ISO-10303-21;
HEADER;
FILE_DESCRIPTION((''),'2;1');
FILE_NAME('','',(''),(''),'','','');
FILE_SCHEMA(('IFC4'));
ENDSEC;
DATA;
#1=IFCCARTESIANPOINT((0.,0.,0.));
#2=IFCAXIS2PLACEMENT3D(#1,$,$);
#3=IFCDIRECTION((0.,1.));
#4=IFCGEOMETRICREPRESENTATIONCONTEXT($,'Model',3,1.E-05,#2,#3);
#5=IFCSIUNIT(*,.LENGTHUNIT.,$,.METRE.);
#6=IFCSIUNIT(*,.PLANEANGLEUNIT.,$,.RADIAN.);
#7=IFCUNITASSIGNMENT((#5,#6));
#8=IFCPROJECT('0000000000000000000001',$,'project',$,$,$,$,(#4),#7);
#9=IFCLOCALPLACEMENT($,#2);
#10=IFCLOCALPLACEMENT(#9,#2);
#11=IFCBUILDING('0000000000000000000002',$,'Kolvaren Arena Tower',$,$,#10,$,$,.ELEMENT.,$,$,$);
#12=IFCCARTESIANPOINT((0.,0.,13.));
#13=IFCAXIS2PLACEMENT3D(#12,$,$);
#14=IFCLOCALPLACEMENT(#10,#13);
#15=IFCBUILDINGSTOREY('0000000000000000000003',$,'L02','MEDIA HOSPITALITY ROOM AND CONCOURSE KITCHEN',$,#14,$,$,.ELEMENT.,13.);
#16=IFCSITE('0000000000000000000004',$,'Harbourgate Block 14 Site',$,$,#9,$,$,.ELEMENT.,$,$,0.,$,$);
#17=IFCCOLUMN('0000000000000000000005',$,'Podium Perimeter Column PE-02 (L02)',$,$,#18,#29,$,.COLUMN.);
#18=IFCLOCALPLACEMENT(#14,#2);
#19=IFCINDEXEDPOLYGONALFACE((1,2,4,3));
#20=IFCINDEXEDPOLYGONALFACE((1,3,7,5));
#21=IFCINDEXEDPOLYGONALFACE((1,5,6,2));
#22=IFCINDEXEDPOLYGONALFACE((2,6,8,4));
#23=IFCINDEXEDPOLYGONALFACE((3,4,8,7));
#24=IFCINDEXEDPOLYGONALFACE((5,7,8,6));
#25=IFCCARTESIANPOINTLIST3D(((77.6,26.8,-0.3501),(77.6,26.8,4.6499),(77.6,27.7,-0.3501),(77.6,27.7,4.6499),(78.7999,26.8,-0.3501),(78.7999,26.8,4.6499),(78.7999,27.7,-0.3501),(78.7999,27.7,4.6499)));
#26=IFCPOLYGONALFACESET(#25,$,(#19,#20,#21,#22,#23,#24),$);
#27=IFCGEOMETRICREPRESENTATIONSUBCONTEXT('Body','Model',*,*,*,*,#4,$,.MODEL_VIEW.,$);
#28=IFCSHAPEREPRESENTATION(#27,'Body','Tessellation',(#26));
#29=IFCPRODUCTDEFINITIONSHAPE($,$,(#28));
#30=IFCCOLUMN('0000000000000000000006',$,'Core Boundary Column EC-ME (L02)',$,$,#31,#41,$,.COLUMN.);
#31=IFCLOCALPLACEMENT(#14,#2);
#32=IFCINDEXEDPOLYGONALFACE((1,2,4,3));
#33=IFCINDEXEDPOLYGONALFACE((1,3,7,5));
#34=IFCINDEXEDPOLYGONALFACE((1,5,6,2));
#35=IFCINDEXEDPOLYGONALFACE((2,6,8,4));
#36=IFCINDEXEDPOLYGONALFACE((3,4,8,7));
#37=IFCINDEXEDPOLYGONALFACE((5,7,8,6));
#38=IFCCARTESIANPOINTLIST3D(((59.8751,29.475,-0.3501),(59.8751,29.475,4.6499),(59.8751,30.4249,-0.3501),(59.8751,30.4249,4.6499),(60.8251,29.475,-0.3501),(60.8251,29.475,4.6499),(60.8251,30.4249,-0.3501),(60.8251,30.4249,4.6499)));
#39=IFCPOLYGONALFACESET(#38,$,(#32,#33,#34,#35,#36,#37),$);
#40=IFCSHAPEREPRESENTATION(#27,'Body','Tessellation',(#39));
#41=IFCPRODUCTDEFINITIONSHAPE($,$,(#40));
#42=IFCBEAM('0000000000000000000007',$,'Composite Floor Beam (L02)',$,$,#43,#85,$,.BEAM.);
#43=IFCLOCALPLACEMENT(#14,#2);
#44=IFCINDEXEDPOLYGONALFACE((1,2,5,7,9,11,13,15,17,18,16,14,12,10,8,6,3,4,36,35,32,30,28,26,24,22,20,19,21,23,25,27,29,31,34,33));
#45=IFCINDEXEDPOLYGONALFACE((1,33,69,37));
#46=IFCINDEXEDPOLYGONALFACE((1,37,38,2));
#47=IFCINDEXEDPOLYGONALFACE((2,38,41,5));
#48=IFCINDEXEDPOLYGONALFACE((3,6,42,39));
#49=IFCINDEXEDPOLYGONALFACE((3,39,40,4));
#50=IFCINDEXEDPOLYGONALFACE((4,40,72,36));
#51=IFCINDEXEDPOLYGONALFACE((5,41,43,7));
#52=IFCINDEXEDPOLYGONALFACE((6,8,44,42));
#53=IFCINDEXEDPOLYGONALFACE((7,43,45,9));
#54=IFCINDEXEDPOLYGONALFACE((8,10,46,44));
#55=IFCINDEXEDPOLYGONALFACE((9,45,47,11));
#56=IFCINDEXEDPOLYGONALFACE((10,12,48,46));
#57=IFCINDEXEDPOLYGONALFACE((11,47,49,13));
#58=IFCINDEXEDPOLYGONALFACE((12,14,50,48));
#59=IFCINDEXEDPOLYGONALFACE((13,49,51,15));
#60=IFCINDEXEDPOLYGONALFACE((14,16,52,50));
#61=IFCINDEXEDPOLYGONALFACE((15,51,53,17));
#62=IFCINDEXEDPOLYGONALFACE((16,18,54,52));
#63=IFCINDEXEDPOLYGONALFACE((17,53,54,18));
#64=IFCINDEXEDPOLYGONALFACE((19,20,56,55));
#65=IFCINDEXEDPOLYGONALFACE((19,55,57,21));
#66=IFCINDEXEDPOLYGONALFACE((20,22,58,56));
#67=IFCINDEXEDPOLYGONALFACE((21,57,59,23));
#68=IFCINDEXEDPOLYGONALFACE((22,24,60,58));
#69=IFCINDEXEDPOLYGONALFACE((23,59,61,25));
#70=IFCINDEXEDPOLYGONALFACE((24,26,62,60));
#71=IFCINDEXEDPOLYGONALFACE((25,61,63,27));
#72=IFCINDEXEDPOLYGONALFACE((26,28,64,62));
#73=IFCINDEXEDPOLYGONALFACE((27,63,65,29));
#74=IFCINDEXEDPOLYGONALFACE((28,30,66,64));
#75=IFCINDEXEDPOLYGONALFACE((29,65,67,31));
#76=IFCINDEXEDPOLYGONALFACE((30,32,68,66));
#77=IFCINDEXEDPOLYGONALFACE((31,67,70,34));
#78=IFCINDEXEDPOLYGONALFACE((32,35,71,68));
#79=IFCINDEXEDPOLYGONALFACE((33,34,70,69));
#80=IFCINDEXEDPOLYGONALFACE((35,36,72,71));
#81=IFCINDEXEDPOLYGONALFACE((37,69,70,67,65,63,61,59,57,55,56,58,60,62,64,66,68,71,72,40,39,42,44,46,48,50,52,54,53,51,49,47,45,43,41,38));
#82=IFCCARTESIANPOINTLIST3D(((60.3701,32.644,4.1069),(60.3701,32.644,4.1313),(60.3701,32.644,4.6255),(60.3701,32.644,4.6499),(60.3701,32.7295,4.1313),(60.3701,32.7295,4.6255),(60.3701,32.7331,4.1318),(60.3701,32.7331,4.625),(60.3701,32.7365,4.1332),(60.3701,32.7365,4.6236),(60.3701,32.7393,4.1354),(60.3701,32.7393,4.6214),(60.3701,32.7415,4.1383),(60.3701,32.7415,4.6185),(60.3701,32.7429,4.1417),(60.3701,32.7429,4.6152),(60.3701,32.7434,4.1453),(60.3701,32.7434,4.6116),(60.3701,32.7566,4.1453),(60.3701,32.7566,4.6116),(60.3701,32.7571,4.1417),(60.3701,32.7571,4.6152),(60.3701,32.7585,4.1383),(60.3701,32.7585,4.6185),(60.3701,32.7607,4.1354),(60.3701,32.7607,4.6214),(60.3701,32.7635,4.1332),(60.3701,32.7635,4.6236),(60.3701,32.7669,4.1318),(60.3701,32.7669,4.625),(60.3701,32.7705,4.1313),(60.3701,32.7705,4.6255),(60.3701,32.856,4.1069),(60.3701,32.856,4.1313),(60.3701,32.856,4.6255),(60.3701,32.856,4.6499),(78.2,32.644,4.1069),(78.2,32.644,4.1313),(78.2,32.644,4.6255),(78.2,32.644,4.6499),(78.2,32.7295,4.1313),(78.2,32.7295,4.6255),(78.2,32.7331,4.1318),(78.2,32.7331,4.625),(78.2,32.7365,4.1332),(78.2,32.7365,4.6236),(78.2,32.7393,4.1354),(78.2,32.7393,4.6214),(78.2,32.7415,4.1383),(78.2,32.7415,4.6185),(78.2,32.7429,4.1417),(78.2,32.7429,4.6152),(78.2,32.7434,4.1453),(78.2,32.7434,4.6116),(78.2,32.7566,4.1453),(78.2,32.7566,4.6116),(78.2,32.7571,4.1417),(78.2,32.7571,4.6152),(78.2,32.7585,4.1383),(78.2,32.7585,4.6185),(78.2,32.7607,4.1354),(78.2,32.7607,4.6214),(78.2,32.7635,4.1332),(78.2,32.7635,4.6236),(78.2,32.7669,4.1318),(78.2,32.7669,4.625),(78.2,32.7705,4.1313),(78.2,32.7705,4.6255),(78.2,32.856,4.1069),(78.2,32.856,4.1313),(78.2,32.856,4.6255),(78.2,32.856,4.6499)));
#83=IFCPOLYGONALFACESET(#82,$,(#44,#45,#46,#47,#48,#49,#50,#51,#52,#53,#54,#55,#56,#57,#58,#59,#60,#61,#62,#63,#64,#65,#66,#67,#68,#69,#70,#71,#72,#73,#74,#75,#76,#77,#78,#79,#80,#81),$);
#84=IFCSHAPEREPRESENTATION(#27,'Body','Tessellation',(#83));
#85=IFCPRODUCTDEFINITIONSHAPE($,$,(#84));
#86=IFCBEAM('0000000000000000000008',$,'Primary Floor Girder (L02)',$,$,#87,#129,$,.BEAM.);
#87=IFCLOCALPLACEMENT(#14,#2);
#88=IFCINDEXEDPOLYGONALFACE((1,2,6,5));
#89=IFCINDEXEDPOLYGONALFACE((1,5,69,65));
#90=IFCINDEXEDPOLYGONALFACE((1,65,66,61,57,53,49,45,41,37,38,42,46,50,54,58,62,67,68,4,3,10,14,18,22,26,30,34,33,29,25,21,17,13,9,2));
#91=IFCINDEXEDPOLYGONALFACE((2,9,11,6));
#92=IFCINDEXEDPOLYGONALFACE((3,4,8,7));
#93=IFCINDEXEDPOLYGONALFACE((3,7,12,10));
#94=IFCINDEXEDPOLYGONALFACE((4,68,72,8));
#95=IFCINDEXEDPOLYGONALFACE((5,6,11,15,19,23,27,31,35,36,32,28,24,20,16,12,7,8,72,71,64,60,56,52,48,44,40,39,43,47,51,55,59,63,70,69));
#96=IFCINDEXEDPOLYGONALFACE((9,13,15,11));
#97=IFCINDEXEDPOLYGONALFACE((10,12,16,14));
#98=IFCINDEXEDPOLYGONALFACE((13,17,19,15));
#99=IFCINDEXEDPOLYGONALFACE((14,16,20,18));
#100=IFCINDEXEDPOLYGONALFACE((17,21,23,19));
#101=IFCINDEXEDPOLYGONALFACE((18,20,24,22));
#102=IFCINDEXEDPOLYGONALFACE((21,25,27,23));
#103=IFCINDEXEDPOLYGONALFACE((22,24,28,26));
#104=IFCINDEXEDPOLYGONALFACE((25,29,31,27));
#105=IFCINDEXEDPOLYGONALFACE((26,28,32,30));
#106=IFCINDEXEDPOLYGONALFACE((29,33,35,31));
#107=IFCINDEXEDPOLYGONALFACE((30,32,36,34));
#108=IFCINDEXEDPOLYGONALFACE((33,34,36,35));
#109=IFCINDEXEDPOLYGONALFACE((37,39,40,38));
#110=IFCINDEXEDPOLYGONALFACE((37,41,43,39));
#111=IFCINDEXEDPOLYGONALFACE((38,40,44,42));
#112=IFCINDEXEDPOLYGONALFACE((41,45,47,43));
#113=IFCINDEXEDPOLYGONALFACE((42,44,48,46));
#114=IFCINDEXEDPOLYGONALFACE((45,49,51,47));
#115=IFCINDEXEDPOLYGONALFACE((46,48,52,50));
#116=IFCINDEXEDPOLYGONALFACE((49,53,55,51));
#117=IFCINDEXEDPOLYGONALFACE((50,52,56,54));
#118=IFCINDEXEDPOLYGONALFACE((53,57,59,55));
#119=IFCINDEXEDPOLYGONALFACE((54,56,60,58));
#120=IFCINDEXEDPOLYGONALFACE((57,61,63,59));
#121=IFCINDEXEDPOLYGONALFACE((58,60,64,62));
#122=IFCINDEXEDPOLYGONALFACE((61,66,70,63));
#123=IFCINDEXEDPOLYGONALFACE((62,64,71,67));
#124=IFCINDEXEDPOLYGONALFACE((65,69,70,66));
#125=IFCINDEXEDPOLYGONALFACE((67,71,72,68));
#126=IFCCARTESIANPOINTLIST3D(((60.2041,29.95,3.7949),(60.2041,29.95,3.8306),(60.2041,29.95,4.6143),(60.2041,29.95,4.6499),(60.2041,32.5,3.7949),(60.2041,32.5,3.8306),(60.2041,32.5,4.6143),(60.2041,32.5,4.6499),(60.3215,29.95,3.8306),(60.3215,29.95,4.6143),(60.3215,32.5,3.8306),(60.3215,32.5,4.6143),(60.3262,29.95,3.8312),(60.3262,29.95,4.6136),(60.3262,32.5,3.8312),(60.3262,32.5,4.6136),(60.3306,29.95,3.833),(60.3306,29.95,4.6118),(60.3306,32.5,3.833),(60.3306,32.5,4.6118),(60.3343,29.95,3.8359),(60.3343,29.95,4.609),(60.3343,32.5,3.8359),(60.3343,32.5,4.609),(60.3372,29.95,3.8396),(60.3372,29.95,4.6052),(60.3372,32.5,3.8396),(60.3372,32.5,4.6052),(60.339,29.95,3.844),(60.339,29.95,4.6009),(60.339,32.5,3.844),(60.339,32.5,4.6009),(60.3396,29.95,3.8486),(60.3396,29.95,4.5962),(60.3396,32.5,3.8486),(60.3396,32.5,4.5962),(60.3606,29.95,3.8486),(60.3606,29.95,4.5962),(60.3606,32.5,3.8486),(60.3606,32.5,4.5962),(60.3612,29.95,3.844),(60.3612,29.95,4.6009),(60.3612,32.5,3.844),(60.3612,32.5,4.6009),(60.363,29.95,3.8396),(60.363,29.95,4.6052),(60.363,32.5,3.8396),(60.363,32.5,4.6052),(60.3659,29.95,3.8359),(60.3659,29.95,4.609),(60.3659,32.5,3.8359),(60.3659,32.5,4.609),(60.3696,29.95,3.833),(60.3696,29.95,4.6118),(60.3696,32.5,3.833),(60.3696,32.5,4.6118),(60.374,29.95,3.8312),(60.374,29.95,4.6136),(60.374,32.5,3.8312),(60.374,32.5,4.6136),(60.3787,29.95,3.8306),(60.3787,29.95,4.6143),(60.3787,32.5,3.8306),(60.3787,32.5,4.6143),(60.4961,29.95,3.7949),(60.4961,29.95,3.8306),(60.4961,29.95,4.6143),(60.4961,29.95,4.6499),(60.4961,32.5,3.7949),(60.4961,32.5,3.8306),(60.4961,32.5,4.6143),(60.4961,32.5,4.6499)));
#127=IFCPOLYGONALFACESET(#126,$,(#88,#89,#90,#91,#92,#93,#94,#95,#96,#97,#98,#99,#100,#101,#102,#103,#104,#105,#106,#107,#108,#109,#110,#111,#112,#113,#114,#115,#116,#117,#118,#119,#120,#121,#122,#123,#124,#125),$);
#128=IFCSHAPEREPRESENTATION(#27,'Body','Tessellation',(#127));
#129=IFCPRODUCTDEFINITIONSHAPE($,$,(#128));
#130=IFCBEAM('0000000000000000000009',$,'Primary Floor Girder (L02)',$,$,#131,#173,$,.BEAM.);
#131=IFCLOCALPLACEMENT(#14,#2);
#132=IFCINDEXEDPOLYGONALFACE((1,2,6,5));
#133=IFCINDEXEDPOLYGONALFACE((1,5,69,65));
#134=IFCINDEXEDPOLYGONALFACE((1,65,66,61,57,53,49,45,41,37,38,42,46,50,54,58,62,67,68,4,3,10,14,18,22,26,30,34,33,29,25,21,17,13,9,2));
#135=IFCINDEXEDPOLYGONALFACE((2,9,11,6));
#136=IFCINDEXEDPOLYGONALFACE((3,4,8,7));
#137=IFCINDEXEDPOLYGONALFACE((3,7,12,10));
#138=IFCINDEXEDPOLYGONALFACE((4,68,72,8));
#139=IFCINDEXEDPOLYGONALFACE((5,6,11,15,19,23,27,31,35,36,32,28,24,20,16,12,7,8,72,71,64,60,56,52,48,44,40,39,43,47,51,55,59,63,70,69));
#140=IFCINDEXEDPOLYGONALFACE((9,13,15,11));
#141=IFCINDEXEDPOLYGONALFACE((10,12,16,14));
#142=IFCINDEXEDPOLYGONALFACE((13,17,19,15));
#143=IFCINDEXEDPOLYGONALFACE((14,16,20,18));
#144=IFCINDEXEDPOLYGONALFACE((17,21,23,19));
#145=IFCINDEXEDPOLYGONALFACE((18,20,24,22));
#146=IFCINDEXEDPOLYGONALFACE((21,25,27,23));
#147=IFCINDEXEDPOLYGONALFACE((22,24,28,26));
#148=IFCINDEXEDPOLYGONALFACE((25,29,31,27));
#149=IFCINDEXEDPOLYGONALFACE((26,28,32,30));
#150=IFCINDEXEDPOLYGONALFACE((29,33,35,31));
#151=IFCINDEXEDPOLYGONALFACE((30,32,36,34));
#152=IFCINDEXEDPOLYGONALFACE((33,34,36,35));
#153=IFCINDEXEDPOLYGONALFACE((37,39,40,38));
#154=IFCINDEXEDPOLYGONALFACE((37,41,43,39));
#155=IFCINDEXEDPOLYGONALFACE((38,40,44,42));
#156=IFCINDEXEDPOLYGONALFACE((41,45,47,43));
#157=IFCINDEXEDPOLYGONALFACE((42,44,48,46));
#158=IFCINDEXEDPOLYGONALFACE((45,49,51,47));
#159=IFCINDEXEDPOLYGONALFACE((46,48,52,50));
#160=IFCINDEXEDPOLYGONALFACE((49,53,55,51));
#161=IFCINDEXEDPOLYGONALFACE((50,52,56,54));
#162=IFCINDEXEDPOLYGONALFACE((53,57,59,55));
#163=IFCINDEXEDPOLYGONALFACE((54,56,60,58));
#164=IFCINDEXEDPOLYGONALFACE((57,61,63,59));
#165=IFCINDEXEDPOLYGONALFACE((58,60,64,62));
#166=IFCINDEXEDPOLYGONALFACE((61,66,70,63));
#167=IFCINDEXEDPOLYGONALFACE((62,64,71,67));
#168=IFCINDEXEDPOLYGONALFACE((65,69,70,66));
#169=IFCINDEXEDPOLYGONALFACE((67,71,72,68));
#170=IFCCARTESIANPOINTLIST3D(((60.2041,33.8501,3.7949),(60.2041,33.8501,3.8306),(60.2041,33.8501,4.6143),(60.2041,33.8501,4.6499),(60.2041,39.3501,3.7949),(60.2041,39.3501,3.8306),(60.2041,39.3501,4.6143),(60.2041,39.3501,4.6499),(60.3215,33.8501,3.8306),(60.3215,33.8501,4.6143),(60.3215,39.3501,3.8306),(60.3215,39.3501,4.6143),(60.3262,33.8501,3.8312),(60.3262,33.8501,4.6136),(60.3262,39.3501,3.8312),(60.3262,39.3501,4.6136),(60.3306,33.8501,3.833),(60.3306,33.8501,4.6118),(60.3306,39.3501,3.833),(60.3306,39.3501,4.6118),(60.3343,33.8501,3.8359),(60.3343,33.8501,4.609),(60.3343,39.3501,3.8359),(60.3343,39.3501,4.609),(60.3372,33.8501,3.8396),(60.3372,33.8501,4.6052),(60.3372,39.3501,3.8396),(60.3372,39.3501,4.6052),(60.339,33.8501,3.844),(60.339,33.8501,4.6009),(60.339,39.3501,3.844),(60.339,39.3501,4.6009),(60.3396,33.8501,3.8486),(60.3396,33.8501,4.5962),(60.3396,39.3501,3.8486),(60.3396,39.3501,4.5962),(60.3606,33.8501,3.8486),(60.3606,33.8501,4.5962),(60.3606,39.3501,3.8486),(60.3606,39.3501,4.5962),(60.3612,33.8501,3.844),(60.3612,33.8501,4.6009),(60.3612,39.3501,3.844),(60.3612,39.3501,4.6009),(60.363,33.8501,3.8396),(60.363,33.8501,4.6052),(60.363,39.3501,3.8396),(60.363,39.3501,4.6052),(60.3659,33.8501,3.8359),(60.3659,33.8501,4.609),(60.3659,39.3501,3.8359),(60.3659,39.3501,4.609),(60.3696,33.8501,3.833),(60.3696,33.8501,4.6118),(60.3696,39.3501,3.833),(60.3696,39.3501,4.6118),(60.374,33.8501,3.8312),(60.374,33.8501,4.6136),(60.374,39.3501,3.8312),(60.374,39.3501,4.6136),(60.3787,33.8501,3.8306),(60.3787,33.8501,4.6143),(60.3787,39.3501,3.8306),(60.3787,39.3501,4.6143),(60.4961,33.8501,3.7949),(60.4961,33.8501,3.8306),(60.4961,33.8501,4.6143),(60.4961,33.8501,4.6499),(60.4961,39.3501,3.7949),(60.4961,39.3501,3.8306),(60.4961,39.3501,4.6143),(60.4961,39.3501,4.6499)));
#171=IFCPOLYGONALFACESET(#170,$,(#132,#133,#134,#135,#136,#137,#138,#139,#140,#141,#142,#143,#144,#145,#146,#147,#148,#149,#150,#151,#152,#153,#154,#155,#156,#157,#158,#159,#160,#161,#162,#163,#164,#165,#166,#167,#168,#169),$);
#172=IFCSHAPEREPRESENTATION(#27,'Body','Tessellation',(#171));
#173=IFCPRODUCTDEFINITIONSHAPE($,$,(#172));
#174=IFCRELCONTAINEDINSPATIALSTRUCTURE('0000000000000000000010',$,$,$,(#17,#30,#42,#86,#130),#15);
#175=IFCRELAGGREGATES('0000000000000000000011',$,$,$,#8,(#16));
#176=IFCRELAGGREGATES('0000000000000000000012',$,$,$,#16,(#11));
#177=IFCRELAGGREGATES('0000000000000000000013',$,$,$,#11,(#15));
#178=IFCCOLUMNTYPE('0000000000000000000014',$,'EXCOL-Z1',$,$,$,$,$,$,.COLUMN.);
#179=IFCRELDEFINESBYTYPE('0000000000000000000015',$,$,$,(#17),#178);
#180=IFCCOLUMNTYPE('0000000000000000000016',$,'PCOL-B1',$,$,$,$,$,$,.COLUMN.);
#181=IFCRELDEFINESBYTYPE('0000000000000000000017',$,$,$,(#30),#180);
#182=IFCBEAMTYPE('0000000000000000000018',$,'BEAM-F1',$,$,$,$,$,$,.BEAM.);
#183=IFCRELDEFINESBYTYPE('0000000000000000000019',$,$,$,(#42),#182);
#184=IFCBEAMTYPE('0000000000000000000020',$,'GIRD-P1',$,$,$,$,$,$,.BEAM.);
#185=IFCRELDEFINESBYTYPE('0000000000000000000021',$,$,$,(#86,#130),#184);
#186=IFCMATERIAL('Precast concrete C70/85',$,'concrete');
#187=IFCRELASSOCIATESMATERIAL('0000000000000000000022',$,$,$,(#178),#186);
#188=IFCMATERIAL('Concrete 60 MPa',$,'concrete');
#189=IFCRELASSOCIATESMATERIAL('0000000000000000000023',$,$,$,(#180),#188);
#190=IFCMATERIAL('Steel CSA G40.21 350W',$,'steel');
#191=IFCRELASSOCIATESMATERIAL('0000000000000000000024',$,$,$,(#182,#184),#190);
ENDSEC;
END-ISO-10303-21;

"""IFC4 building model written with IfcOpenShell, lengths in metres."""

from ifc_helpers import new_model, si_unit, direction, frame, origin, origin_2d, place, context, subcontext, project, spatial, rectangle, i_section, extrude, material, material_profile, profile_set, type_object, element, save


model = new_model("IFC4")

# Units and contexts
model_context = context("Model", 3, precision=1e-05, world=origin(), true_north=direction((0.0, 1.0)))
body_context = subcontext(model_context, "Body", "Model", "MODEL_VIEW")
ifc_project = project(units=[si_unit("LENGTHUNIT", "METRE"), si_unit("PLANEANGLEUNIT", "RADIAN")], contexts=[model_context])

# Site, building, storey
site_placement = place(None, origin())
site = spatial("IfcSite", under=ifc_project, at=site_placement, Name="Harbourgate Block 14 Site", CompositionType="ELEMENT", RefElevation=0.0)
building_placement = place(site_placement, origin())
building = spatial("IfcBuilding", under=site, at=building_placement, Name="Kolvaren Arena Tower", CompositionType="ELEMENT")
storey_placement = place(building_placement, frame((0.0, 0.0, 13.0)))
storey = spatial("IfcBuildingStorey", under=building, at=storey_placement, Name="L02", Description="MEDIA HOSPITALITY ROOM AND CONCOURSE KITCHEN", CompositionType="ELEMENT", Elevation=13.0)

# Columns
ifc_material_1 = material(Name="Precast concrete C70/85", Category="concrete")
ifc_material_profile_1 = material_profile(ifc_material_1, rectangle(XDim=1.2, YDim=0.8999, at=origin_2d()), Name="RC-1200x900")
ifc_profile_set_1 = profile_set([ifc_material_profile_1], Name="Precast concrete C70/85")
column_type_1 = type_object("IfcColumnType", Name="EXCOL-Z1", PredefinedType="COLUMN", material=ifc_profile_set_1)
column_1_placement = place(storey_placement, frame((78.2, 27.25, -0.3501), z_axis=(0.0, 0.0, 1.0), x_axis=(1.0, 0.0, 0.0)))
element("IfcColumn", 1, at=column_1_placement, inside=storey, type_object=column_type_1, Name="Podium Perimeter Column PE-02 (L02)", PredefinedType="COLUMN", context=body_context, shape_type="SweptSolid", body=[
    extrude(rectangle(XDim=1.2, YDim=0.8999, at=origin_2d()), origin(), (0.0, 0.0, 1.0), 5.0),
])
ifc_material_2 = material(Name="Concrete 60 MPa", Category="concrete")
ifc_material_profile_2 = material_profile(ifc_material_2, rectangle(XDim=0.95, YDim=0.95, at=origin_2d()), Name="RC-950x950")
ifc_profile_set_2 = profile_set([ifc_material_profile_2], Name="Concrete 60 MPa")
column_type_2 = type_object("IfcColumnType", Name="PCOL-B1", PredefinedType="COLUMN", material=ifc_profile_set_2)
column_2_placement = place(storey_placement, frame((60.3501, 29.95, -0.3501), z_axis=(0.0, 0.0, 1.0), x_axis=(1.0, 0.0, 0.0)))
element("IfcColumn", 2, at=column_2_placement, inside=storey, type_object=column_type_2, Name="Core Boundary Column EC-ME (L02)", PredefinedType="COLUMN", context=body_context, shape_type="SweptSolid", body=[
    extrude(rectangle(XDim=0.95, YDim=0.95, at=origin_2d()), origin(), (0.0, 0.0, 1.0), 5.0),
])

# Beams
ifc_material_3 = material(Name="Steel CSA G40.21 350W", Category="steel")
ifc_material_profile_3 = material_profile(ifc_material_3, i_section(OverallWidth=0.2119, OverallDepth=0.543, WebThickness=0.0132, FlangeThickness=0.0244, FilletRadius=0.0139, at=origin_2d()), Name="W530x150")
ifc_profile_set_3 = profile_set([ifc_material_profile_3], Name="Steel CSA G40.21 350W")
beam_type_1 = type_object("IfcBeamType", Name="BEAM-F1", PredefinedType="BEAM", material=ifc_profile_set_3)
beam_1_placement = place(storey_placement, frame((60.3701, 32.75, 4.3784), z_axis=(1.0, 0.0, 0.0), x_axis=(0.0, 1.0, 0.0)))
element("IfcBeam", 3, at=beam_1_placement, inside=storey, type_object=beam_type_1, Name="Composite Floor Beam (L02)", PredefinedType="BEAM", context=body_context, shape_type="SweptSolid", body=[
    extrude(i_section(OverallWidth=0.2119, OverallDepth=0.543, WebThickness=0.0132, FlangeThickness=0.0244, FilletRadius=0.0139, at=origin_2d()), origin(), (0.0, 0.0, 1.0), 17.8298),
])
ifc_material_profile_4 = material_profile(ifc_material_3, i_section(OverallWidth=0.292, OverallDepth=0.855, WebThickness=0.021, FlangeThickness=0.0356, FilletRadius=0.0181, at=origin_2d()), Name="W840x299")
ifc_profile_set_4 = profile_set([ifc_material_profile_4], Name="Steel CSA G40.21 350W")
beam_type_2 = type_object("IfcBeamType", Name="GIRD-P1", PredefinedType="BEAM", material=ifc_profile_set_4)
beam_2_placement = place(storey_placement, frame((60.3501, 29.95, 4.2224), z_axis=(0.0, 1.0, 0.0), x_axis=(-1.0, 0.0, 0.0)))
element("IfcBeam", 4, at=beam_2_placement, inside=storey, type_object=beam_type_2, Name="Primary Floor Girder (L02)", PredefinedType="BEAM", context=body_context, shape_type="SweptSolid", body=[
    extrude(i_section(OverallWidth=0.292, OverallDepth=0.855, WebThickness=0.021, FlangeThickness=0.0356, FilletRadius=0.0181, at=origin_2d()), origin(), (0.0, 0.0, 1.0), 2.55),
])
beam_3_placement = place(storey_placement, frame((60.3501, 33.8501, 4.2224), z_axis=(0.0, 1.0, 0.0), x_axis=(-1.0, 0.0, 0.0)))
element("IfcBeam", 5, at=beam_3_placement, inside=storey, type_object=beam_type_2, Name="Primary Floor Girder (L02)", PredefinedType="BEAM", context=body_context, shape_type="SweptSolid", body=[
    extrude(i_section(OverallWidth=0.292, OverallDepth=0.855, WebThickness=0.021, FlangeThickness=0.0356, FilletRadius=0.0181, at=origin_2d()), origin(), (0.0, 0.0, 1.0), 5.5),
])

save(model, "model.ifc")
